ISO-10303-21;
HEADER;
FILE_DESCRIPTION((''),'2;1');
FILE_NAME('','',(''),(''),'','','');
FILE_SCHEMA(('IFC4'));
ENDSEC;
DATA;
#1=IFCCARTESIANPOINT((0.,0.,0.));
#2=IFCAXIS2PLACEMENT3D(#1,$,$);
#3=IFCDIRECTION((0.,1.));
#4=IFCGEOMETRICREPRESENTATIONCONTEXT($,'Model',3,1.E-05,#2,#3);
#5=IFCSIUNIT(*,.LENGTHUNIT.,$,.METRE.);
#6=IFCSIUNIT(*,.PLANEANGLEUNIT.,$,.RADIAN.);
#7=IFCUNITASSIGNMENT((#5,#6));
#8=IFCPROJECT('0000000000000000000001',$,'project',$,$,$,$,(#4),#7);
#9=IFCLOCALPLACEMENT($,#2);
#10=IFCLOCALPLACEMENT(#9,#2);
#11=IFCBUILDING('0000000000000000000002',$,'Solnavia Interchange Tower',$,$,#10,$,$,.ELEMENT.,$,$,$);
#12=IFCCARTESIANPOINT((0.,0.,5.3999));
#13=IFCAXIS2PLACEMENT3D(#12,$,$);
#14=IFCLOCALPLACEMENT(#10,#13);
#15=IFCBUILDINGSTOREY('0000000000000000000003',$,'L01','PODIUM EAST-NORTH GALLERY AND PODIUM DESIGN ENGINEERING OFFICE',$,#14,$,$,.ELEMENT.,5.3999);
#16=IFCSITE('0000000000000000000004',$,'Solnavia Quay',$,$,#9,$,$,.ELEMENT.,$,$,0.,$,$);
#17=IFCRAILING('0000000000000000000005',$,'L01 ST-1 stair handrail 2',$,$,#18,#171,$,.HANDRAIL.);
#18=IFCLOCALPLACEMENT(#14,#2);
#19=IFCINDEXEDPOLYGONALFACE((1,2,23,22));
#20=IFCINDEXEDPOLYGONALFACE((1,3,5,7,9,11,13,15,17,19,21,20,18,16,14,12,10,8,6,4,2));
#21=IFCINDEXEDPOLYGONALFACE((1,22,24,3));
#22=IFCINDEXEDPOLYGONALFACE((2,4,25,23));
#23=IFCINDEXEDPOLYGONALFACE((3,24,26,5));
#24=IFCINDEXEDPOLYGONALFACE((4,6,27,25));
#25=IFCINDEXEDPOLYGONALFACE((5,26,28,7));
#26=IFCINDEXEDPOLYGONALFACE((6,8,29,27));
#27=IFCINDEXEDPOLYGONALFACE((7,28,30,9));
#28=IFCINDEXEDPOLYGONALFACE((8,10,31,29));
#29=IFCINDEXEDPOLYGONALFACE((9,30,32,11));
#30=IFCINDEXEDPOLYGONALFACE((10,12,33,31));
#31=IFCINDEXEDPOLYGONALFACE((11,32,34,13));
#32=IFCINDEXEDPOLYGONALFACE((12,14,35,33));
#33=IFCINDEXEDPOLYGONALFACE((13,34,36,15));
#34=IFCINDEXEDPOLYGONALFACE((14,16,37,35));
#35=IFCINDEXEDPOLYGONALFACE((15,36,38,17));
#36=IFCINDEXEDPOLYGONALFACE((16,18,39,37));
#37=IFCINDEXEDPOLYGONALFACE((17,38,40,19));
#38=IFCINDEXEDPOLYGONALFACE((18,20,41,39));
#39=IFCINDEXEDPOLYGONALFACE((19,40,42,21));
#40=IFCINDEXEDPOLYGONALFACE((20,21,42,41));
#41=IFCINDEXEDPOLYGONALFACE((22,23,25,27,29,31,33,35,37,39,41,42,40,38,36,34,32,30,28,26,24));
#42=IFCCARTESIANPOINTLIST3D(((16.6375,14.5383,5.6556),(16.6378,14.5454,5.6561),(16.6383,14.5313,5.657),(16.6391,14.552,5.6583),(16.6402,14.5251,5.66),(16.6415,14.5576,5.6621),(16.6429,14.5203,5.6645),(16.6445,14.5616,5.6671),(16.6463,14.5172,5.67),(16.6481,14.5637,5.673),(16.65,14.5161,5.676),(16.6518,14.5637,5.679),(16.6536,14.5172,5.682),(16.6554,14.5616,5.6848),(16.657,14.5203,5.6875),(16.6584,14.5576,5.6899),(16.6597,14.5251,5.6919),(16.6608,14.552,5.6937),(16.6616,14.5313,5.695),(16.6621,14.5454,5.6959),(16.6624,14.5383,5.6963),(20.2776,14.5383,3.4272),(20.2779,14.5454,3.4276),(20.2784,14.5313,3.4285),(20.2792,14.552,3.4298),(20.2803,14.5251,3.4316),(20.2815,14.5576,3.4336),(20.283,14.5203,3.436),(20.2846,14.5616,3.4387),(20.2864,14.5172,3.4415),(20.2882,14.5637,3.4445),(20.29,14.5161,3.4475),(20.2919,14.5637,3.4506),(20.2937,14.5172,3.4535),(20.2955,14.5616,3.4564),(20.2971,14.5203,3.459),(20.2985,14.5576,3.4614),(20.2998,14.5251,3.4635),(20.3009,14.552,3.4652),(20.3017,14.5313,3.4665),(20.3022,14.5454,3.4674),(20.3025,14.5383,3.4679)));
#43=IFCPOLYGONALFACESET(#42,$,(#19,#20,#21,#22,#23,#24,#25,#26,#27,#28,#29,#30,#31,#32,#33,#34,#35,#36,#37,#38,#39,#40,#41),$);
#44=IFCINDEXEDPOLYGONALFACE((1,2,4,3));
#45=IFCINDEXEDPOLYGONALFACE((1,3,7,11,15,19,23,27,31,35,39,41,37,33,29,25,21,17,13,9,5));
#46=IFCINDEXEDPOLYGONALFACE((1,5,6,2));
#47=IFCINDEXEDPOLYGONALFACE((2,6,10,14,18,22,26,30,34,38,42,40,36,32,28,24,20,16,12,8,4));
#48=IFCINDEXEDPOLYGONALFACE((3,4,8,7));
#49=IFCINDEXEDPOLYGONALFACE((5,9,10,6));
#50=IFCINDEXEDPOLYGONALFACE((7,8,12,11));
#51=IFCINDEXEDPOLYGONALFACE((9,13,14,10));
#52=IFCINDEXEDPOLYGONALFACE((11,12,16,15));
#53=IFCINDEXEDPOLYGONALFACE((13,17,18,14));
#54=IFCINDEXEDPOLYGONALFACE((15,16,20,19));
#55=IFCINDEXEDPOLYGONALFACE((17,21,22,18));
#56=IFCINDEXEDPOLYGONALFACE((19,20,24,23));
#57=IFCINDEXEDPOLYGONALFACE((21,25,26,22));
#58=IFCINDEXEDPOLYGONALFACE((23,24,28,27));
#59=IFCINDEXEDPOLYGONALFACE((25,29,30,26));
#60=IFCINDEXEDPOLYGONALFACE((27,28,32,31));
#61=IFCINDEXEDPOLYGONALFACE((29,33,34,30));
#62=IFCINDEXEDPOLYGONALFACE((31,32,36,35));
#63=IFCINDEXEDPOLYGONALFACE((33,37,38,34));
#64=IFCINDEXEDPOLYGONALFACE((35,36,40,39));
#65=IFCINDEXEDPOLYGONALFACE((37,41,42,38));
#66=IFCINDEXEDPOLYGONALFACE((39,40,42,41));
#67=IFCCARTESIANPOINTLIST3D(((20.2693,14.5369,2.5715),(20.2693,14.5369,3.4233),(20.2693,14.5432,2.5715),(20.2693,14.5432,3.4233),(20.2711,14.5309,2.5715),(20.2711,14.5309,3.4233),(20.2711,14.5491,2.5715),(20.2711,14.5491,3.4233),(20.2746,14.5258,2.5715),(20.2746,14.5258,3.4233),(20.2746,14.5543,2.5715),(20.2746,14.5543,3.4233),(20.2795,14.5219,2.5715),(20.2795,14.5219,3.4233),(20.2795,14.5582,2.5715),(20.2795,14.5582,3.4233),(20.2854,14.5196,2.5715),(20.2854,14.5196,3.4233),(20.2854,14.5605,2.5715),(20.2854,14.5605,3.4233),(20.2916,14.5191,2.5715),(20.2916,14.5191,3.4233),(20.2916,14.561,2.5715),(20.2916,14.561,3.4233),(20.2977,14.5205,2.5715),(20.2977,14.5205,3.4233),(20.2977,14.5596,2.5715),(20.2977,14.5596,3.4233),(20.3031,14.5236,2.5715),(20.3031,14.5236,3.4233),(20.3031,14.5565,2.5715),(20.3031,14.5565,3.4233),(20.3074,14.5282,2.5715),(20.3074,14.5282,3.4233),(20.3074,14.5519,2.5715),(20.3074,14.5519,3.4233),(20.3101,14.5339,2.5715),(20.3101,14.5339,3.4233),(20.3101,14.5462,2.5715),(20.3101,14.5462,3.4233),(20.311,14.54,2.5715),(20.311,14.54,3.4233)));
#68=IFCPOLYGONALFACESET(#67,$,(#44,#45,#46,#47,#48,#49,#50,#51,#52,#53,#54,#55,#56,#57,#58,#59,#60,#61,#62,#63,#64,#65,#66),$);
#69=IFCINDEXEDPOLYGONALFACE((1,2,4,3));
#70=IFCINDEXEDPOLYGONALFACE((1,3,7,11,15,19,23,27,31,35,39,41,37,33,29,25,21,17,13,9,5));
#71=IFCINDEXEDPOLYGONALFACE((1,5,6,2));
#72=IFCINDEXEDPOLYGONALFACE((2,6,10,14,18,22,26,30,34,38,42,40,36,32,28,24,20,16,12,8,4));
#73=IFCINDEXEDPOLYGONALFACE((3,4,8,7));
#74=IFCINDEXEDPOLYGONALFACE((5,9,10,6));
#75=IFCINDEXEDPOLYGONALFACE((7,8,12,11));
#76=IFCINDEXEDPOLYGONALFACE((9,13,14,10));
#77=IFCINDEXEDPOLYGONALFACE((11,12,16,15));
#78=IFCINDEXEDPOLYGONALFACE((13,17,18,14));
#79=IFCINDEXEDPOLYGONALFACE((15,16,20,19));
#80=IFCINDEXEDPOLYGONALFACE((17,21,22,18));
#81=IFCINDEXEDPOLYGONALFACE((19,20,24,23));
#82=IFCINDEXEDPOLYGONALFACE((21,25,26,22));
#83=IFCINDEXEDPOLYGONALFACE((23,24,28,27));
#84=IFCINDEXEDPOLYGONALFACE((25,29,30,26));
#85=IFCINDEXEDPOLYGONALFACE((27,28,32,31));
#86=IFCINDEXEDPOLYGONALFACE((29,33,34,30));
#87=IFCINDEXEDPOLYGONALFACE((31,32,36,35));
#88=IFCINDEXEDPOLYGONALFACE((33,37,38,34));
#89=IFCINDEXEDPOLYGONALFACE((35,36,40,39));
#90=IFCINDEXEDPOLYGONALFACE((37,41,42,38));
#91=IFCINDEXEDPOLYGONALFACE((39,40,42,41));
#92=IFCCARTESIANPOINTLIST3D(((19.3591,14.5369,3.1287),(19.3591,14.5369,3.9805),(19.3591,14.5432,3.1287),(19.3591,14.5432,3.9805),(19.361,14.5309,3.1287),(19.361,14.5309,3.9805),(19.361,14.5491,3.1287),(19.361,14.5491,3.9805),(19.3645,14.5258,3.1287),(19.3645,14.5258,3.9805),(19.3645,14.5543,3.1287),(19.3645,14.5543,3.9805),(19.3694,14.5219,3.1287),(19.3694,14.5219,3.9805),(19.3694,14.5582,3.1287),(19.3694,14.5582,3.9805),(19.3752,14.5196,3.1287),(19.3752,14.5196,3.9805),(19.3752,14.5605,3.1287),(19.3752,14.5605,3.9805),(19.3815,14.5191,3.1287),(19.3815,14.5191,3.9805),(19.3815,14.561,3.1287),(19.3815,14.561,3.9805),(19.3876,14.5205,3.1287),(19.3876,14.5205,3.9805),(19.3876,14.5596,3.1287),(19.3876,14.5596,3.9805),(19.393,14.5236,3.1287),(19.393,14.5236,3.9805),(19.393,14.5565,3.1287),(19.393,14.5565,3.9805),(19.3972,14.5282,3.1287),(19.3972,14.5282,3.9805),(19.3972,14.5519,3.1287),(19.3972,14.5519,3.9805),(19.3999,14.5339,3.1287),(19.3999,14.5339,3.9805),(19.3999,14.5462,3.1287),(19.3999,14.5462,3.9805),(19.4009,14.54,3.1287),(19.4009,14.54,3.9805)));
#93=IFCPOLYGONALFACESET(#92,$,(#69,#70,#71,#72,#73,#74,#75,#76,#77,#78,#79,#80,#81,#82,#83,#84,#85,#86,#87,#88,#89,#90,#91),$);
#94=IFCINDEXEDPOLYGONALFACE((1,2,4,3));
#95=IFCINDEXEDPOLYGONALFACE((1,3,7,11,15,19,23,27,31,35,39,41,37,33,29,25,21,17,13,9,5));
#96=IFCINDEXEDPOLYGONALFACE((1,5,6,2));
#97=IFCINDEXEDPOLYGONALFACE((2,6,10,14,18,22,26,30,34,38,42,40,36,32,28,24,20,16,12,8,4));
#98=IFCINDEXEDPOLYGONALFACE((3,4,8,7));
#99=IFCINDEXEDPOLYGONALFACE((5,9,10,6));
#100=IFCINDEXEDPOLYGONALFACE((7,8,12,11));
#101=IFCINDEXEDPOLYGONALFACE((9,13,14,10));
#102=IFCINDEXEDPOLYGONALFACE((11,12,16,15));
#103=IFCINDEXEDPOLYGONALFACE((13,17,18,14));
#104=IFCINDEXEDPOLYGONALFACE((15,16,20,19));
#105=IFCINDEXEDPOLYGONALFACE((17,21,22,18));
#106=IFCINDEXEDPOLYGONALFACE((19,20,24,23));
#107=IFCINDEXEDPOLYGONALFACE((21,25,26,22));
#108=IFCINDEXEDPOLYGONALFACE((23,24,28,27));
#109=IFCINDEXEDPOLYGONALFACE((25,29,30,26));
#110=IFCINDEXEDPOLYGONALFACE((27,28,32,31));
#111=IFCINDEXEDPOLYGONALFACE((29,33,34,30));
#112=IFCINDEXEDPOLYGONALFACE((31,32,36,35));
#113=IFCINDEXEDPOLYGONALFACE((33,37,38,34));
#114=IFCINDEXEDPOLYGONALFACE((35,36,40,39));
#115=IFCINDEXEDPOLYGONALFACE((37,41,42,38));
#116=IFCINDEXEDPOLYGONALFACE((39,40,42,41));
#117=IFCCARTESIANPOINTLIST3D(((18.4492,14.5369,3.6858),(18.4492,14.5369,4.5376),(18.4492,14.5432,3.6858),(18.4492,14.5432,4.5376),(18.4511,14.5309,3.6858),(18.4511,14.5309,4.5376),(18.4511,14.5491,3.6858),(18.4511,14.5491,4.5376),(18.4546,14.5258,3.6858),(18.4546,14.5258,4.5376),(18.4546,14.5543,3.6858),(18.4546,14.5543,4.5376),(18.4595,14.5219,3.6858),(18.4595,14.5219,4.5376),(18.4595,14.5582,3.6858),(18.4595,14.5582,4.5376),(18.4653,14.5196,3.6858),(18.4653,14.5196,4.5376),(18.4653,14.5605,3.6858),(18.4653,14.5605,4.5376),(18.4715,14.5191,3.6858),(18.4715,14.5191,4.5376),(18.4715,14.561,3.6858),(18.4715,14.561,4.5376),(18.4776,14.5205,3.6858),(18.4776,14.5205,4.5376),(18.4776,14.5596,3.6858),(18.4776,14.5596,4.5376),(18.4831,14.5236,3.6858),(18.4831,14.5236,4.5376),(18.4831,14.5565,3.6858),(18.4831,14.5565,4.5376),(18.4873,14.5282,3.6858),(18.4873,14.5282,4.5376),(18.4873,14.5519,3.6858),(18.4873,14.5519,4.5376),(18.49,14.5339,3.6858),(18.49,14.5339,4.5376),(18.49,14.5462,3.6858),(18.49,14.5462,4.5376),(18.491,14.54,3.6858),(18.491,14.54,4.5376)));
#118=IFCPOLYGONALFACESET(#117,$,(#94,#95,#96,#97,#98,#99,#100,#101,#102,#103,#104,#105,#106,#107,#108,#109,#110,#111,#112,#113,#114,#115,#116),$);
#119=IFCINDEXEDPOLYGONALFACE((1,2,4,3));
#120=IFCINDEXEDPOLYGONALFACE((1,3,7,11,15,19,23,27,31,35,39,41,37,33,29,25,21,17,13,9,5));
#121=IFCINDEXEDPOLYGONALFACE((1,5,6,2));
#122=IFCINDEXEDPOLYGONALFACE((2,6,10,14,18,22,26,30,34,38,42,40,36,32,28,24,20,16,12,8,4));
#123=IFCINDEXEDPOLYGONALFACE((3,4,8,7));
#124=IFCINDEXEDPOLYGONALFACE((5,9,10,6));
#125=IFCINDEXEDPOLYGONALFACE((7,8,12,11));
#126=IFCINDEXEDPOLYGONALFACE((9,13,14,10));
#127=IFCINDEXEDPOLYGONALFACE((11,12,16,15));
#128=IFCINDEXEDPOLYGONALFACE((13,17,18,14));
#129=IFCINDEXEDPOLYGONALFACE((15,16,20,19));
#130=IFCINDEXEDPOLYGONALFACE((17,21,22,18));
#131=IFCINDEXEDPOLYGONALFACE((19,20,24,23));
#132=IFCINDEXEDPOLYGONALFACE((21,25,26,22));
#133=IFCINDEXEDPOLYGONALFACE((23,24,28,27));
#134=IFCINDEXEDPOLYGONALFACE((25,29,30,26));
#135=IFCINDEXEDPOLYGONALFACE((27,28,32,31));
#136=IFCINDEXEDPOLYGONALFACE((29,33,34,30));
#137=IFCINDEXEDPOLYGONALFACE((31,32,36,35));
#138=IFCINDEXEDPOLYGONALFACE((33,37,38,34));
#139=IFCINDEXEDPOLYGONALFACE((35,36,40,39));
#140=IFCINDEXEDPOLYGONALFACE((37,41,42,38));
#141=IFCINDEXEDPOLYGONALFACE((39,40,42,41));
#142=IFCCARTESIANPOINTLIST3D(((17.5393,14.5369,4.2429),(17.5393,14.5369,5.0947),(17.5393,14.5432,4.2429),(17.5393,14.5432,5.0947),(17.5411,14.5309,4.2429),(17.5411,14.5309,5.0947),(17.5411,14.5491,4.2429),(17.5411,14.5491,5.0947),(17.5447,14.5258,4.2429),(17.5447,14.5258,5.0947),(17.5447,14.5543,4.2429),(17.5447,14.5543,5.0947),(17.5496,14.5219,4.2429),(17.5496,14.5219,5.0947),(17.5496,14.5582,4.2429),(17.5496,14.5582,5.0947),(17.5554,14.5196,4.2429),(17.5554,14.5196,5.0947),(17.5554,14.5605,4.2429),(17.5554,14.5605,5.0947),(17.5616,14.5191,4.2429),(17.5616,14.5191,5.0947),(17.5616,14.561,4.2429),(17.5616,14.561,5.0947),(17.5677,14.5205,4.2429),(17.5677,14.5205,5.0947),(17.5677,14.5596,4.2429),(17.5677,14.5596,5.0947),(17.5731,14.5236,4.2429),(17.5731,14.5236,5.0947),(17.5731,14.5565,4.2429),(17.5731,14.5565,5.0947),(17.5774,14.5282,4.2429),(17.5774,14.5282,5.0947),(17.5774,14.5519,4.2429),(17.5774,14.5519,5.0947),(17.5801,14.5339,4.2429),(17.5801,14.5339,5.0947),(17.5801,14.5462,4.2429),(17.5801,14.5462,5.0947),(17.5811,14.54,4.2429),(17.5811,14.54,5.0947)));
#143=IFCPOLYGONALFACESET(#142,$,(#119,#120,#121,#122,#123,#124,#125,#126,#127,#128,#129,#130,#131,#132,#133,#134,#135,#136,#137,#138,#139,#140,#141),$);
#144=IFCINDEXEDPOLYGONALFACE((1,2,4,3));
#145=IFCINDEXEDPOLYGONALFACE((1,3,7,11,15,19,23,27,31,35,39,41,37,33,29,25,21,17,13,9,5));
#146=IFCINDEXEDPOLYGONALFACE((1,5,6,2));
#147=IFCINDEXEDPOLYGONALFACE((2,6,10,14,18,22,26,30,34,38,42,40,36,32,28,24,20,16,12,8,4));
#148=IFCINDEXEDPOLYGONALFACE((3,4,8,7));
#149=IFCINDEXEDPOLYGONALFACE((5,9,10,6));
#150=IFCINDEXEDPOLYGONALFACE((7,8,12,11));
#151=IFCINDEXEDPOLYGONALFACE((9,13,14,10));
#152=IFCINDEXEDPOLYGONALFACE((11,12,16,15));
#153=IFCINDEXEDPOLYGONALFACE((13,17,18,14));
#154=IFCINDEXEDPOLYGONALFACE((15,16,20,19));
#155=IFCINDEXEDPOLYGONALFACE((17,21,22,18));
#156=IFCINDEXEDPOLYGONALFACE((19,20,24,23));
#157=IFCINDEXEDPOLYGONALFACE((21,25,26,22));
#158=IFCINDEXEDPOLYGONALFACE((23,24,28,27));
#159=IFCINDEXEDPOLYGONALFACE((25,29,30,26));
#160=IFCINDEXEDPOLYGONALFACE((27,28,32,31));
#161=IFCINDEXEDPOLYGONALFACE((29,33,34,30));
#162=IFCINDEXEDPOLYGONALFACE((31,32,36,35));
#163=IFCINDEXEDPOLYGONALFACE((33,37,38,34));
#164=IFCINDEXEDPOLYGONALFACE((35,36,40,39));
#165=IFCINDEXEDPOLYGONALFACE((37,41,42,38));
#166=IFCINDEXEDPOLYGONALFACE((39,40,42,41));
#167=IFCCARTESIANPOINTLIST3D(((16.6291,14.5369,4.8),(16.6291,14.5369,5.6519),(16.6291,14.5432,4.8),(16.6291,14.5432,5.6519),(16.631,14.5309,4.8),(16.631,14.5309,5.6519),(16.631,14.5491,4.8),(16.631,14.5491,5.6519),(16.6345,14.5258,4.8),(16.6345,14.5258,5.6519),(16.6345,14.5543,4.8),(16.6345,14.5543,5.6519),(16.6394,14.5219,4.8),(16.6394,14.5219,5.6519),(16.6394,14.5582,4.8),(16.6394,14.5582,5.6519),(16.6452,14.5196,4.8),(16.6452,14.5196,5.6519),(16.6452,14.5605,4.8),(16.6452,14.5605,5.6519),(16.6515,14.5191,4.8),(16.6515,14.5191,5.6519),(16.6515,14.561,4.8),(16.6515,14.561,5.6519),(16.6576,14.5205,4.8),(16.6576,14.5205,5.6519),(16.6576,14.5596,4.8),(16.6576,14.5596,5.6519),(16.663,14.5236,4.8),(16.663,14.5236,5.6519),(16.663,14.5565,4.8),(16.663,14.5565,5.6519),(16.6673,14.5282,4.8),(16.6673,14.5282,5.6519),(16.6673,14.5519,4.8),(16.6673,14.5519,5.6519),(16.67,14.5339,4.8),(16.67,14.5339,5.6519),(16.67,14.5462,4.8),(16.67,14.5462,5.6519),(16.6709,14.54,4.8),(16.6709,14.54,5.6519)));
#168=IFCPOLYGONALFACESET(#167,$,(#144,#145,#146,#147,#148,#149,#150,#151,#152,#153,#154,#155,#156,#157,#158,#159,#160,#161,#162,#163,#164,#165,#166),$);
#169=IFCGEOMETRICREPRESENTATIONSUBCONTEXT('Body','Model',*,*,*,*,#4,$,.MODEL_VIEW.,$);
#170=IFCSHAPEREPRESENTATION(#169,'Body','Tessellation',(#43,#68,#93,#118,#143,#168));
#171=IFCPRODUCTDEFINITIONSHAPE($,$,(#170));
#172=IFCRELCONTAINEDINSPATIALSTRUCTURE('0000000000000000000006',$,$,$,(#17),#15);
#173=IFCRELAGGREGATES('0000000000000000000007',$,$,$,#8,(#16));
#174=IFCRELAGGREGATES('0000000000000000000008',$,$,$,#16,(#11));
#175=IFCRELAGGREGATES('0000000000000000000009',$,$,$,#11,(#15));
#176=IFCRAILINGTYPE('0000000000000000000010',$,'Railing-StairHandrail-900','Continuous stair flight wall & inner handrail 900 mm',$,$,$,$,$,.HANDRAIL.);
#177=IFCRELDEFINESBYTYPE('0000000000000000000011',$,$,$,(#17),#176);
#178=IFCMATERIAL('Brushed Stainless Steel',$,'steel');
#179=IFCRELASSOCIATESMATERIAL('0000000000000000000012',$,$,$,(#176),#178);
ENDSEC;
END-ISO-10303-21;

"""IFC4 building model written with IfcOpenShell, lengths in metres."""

from ifc_helpers import new_model, si_unit, direction, frame, origin, origin_2d, place, context, subcontext, project, spatial, circle, extrude, material, type_object, element, save


model = new_model("IFC4")

# Units and contexts
model_context = context("Model", 3, precision=1e-05, world=origin(), true_north=direction((0.0, 1.0)))
body_context = subcontext(model_context, "Body", "Model", "MODEL_VIEW")
ifc_project = project(units=[si_unit("LENGTHUNIT", "METRE"), si_unit("PLANEANGLEUNIT", "RADIAN")], contexts=[model_context])

# Site, building, storey
site_placement = place(None, origin())
site = spatial("IfcSite", under=ifc_project, at=site_placement, Name="Solnavia Quay", CompositionType="ELEMENT", RefElevation=0.0)
building_placement = place(site_placement, origin())
building = spatial("IfcBuilding", under=site, at=building_placement, Name="Solnavia Interchange Tower", CompositionType="ELEMENT")
storey_placement = place(building_placement, frame((0.0, 0.0, 5.3999)))
storey = spatial("IfcBuildingStorey", under=building, at=storey_placement, Name="L01", Description="PODIUM EAST-NORTH GALLERY AND PODIUM DESIGN ENGINEERING OFFICE", CompositionType="ELEMENT", Elevation=5.3999)

# Railing
ifc_material_1 = material(Name="Brushed Stainless Steel", Category="steel")
railing_type_1 = type_object("IfcRailingType", Name="Railing-StairHandrail-900", Description="Continuous stair flight wall & inner handrail 900 mm", PredefinedType="HANDRAIL", material=ifc_material_1)
railing_1_placement = place(storey_placement, frame((20.29, 14.54, 2.5715)))
element("IfcRailing", 1, at=railing_1_placement, inside=storey, type_object=railing_type_1, Name="L01 ST-1 stair handrail 2", PredefinedType="HANDRAIL", context=body_context, shape_type="SweptSolid", body=[
    extrude(circle(Radius=0.0239, at=origin_2d()), frame((0.0, 0.0, 0.876), z_axis=(-0.852866, 0.0, 0.52213), x_axis=(0.0, -1.0, 0.0)), (0.0, 0.0, 1.0), 4.2681),
    extrude(circle(Radius=0.021, at=origin_2d()), origin(), (0.0, 0.0, 1.0), 0.8518),
    extrude(circle(Radius=0.021, at=origin_2d()), frame((-0.9102, 0.0, 0.5571)), (0.0, 0.0, 1.0), 0.8518),
    extrude(circle(Radius=0.021, at=origin_2d()), frame((-1.8201, 0.0, 1.1143)), (0.0, 0.0, 1.0), 0.8518),
    extrude(circle(Radius=0.021, at=origin_2d()), frame((-2.73, 0.0, 1.6714)), (0.0, 0.0, 1.0), 0.8518),
    extrude(circle(Radius=0.021, at=origin_2d()), frame((-3.6401, 0.0, 2.2285)), (0.0, 0.0, 1.0), 0.8518),
])

save(model, "model.ifc")
